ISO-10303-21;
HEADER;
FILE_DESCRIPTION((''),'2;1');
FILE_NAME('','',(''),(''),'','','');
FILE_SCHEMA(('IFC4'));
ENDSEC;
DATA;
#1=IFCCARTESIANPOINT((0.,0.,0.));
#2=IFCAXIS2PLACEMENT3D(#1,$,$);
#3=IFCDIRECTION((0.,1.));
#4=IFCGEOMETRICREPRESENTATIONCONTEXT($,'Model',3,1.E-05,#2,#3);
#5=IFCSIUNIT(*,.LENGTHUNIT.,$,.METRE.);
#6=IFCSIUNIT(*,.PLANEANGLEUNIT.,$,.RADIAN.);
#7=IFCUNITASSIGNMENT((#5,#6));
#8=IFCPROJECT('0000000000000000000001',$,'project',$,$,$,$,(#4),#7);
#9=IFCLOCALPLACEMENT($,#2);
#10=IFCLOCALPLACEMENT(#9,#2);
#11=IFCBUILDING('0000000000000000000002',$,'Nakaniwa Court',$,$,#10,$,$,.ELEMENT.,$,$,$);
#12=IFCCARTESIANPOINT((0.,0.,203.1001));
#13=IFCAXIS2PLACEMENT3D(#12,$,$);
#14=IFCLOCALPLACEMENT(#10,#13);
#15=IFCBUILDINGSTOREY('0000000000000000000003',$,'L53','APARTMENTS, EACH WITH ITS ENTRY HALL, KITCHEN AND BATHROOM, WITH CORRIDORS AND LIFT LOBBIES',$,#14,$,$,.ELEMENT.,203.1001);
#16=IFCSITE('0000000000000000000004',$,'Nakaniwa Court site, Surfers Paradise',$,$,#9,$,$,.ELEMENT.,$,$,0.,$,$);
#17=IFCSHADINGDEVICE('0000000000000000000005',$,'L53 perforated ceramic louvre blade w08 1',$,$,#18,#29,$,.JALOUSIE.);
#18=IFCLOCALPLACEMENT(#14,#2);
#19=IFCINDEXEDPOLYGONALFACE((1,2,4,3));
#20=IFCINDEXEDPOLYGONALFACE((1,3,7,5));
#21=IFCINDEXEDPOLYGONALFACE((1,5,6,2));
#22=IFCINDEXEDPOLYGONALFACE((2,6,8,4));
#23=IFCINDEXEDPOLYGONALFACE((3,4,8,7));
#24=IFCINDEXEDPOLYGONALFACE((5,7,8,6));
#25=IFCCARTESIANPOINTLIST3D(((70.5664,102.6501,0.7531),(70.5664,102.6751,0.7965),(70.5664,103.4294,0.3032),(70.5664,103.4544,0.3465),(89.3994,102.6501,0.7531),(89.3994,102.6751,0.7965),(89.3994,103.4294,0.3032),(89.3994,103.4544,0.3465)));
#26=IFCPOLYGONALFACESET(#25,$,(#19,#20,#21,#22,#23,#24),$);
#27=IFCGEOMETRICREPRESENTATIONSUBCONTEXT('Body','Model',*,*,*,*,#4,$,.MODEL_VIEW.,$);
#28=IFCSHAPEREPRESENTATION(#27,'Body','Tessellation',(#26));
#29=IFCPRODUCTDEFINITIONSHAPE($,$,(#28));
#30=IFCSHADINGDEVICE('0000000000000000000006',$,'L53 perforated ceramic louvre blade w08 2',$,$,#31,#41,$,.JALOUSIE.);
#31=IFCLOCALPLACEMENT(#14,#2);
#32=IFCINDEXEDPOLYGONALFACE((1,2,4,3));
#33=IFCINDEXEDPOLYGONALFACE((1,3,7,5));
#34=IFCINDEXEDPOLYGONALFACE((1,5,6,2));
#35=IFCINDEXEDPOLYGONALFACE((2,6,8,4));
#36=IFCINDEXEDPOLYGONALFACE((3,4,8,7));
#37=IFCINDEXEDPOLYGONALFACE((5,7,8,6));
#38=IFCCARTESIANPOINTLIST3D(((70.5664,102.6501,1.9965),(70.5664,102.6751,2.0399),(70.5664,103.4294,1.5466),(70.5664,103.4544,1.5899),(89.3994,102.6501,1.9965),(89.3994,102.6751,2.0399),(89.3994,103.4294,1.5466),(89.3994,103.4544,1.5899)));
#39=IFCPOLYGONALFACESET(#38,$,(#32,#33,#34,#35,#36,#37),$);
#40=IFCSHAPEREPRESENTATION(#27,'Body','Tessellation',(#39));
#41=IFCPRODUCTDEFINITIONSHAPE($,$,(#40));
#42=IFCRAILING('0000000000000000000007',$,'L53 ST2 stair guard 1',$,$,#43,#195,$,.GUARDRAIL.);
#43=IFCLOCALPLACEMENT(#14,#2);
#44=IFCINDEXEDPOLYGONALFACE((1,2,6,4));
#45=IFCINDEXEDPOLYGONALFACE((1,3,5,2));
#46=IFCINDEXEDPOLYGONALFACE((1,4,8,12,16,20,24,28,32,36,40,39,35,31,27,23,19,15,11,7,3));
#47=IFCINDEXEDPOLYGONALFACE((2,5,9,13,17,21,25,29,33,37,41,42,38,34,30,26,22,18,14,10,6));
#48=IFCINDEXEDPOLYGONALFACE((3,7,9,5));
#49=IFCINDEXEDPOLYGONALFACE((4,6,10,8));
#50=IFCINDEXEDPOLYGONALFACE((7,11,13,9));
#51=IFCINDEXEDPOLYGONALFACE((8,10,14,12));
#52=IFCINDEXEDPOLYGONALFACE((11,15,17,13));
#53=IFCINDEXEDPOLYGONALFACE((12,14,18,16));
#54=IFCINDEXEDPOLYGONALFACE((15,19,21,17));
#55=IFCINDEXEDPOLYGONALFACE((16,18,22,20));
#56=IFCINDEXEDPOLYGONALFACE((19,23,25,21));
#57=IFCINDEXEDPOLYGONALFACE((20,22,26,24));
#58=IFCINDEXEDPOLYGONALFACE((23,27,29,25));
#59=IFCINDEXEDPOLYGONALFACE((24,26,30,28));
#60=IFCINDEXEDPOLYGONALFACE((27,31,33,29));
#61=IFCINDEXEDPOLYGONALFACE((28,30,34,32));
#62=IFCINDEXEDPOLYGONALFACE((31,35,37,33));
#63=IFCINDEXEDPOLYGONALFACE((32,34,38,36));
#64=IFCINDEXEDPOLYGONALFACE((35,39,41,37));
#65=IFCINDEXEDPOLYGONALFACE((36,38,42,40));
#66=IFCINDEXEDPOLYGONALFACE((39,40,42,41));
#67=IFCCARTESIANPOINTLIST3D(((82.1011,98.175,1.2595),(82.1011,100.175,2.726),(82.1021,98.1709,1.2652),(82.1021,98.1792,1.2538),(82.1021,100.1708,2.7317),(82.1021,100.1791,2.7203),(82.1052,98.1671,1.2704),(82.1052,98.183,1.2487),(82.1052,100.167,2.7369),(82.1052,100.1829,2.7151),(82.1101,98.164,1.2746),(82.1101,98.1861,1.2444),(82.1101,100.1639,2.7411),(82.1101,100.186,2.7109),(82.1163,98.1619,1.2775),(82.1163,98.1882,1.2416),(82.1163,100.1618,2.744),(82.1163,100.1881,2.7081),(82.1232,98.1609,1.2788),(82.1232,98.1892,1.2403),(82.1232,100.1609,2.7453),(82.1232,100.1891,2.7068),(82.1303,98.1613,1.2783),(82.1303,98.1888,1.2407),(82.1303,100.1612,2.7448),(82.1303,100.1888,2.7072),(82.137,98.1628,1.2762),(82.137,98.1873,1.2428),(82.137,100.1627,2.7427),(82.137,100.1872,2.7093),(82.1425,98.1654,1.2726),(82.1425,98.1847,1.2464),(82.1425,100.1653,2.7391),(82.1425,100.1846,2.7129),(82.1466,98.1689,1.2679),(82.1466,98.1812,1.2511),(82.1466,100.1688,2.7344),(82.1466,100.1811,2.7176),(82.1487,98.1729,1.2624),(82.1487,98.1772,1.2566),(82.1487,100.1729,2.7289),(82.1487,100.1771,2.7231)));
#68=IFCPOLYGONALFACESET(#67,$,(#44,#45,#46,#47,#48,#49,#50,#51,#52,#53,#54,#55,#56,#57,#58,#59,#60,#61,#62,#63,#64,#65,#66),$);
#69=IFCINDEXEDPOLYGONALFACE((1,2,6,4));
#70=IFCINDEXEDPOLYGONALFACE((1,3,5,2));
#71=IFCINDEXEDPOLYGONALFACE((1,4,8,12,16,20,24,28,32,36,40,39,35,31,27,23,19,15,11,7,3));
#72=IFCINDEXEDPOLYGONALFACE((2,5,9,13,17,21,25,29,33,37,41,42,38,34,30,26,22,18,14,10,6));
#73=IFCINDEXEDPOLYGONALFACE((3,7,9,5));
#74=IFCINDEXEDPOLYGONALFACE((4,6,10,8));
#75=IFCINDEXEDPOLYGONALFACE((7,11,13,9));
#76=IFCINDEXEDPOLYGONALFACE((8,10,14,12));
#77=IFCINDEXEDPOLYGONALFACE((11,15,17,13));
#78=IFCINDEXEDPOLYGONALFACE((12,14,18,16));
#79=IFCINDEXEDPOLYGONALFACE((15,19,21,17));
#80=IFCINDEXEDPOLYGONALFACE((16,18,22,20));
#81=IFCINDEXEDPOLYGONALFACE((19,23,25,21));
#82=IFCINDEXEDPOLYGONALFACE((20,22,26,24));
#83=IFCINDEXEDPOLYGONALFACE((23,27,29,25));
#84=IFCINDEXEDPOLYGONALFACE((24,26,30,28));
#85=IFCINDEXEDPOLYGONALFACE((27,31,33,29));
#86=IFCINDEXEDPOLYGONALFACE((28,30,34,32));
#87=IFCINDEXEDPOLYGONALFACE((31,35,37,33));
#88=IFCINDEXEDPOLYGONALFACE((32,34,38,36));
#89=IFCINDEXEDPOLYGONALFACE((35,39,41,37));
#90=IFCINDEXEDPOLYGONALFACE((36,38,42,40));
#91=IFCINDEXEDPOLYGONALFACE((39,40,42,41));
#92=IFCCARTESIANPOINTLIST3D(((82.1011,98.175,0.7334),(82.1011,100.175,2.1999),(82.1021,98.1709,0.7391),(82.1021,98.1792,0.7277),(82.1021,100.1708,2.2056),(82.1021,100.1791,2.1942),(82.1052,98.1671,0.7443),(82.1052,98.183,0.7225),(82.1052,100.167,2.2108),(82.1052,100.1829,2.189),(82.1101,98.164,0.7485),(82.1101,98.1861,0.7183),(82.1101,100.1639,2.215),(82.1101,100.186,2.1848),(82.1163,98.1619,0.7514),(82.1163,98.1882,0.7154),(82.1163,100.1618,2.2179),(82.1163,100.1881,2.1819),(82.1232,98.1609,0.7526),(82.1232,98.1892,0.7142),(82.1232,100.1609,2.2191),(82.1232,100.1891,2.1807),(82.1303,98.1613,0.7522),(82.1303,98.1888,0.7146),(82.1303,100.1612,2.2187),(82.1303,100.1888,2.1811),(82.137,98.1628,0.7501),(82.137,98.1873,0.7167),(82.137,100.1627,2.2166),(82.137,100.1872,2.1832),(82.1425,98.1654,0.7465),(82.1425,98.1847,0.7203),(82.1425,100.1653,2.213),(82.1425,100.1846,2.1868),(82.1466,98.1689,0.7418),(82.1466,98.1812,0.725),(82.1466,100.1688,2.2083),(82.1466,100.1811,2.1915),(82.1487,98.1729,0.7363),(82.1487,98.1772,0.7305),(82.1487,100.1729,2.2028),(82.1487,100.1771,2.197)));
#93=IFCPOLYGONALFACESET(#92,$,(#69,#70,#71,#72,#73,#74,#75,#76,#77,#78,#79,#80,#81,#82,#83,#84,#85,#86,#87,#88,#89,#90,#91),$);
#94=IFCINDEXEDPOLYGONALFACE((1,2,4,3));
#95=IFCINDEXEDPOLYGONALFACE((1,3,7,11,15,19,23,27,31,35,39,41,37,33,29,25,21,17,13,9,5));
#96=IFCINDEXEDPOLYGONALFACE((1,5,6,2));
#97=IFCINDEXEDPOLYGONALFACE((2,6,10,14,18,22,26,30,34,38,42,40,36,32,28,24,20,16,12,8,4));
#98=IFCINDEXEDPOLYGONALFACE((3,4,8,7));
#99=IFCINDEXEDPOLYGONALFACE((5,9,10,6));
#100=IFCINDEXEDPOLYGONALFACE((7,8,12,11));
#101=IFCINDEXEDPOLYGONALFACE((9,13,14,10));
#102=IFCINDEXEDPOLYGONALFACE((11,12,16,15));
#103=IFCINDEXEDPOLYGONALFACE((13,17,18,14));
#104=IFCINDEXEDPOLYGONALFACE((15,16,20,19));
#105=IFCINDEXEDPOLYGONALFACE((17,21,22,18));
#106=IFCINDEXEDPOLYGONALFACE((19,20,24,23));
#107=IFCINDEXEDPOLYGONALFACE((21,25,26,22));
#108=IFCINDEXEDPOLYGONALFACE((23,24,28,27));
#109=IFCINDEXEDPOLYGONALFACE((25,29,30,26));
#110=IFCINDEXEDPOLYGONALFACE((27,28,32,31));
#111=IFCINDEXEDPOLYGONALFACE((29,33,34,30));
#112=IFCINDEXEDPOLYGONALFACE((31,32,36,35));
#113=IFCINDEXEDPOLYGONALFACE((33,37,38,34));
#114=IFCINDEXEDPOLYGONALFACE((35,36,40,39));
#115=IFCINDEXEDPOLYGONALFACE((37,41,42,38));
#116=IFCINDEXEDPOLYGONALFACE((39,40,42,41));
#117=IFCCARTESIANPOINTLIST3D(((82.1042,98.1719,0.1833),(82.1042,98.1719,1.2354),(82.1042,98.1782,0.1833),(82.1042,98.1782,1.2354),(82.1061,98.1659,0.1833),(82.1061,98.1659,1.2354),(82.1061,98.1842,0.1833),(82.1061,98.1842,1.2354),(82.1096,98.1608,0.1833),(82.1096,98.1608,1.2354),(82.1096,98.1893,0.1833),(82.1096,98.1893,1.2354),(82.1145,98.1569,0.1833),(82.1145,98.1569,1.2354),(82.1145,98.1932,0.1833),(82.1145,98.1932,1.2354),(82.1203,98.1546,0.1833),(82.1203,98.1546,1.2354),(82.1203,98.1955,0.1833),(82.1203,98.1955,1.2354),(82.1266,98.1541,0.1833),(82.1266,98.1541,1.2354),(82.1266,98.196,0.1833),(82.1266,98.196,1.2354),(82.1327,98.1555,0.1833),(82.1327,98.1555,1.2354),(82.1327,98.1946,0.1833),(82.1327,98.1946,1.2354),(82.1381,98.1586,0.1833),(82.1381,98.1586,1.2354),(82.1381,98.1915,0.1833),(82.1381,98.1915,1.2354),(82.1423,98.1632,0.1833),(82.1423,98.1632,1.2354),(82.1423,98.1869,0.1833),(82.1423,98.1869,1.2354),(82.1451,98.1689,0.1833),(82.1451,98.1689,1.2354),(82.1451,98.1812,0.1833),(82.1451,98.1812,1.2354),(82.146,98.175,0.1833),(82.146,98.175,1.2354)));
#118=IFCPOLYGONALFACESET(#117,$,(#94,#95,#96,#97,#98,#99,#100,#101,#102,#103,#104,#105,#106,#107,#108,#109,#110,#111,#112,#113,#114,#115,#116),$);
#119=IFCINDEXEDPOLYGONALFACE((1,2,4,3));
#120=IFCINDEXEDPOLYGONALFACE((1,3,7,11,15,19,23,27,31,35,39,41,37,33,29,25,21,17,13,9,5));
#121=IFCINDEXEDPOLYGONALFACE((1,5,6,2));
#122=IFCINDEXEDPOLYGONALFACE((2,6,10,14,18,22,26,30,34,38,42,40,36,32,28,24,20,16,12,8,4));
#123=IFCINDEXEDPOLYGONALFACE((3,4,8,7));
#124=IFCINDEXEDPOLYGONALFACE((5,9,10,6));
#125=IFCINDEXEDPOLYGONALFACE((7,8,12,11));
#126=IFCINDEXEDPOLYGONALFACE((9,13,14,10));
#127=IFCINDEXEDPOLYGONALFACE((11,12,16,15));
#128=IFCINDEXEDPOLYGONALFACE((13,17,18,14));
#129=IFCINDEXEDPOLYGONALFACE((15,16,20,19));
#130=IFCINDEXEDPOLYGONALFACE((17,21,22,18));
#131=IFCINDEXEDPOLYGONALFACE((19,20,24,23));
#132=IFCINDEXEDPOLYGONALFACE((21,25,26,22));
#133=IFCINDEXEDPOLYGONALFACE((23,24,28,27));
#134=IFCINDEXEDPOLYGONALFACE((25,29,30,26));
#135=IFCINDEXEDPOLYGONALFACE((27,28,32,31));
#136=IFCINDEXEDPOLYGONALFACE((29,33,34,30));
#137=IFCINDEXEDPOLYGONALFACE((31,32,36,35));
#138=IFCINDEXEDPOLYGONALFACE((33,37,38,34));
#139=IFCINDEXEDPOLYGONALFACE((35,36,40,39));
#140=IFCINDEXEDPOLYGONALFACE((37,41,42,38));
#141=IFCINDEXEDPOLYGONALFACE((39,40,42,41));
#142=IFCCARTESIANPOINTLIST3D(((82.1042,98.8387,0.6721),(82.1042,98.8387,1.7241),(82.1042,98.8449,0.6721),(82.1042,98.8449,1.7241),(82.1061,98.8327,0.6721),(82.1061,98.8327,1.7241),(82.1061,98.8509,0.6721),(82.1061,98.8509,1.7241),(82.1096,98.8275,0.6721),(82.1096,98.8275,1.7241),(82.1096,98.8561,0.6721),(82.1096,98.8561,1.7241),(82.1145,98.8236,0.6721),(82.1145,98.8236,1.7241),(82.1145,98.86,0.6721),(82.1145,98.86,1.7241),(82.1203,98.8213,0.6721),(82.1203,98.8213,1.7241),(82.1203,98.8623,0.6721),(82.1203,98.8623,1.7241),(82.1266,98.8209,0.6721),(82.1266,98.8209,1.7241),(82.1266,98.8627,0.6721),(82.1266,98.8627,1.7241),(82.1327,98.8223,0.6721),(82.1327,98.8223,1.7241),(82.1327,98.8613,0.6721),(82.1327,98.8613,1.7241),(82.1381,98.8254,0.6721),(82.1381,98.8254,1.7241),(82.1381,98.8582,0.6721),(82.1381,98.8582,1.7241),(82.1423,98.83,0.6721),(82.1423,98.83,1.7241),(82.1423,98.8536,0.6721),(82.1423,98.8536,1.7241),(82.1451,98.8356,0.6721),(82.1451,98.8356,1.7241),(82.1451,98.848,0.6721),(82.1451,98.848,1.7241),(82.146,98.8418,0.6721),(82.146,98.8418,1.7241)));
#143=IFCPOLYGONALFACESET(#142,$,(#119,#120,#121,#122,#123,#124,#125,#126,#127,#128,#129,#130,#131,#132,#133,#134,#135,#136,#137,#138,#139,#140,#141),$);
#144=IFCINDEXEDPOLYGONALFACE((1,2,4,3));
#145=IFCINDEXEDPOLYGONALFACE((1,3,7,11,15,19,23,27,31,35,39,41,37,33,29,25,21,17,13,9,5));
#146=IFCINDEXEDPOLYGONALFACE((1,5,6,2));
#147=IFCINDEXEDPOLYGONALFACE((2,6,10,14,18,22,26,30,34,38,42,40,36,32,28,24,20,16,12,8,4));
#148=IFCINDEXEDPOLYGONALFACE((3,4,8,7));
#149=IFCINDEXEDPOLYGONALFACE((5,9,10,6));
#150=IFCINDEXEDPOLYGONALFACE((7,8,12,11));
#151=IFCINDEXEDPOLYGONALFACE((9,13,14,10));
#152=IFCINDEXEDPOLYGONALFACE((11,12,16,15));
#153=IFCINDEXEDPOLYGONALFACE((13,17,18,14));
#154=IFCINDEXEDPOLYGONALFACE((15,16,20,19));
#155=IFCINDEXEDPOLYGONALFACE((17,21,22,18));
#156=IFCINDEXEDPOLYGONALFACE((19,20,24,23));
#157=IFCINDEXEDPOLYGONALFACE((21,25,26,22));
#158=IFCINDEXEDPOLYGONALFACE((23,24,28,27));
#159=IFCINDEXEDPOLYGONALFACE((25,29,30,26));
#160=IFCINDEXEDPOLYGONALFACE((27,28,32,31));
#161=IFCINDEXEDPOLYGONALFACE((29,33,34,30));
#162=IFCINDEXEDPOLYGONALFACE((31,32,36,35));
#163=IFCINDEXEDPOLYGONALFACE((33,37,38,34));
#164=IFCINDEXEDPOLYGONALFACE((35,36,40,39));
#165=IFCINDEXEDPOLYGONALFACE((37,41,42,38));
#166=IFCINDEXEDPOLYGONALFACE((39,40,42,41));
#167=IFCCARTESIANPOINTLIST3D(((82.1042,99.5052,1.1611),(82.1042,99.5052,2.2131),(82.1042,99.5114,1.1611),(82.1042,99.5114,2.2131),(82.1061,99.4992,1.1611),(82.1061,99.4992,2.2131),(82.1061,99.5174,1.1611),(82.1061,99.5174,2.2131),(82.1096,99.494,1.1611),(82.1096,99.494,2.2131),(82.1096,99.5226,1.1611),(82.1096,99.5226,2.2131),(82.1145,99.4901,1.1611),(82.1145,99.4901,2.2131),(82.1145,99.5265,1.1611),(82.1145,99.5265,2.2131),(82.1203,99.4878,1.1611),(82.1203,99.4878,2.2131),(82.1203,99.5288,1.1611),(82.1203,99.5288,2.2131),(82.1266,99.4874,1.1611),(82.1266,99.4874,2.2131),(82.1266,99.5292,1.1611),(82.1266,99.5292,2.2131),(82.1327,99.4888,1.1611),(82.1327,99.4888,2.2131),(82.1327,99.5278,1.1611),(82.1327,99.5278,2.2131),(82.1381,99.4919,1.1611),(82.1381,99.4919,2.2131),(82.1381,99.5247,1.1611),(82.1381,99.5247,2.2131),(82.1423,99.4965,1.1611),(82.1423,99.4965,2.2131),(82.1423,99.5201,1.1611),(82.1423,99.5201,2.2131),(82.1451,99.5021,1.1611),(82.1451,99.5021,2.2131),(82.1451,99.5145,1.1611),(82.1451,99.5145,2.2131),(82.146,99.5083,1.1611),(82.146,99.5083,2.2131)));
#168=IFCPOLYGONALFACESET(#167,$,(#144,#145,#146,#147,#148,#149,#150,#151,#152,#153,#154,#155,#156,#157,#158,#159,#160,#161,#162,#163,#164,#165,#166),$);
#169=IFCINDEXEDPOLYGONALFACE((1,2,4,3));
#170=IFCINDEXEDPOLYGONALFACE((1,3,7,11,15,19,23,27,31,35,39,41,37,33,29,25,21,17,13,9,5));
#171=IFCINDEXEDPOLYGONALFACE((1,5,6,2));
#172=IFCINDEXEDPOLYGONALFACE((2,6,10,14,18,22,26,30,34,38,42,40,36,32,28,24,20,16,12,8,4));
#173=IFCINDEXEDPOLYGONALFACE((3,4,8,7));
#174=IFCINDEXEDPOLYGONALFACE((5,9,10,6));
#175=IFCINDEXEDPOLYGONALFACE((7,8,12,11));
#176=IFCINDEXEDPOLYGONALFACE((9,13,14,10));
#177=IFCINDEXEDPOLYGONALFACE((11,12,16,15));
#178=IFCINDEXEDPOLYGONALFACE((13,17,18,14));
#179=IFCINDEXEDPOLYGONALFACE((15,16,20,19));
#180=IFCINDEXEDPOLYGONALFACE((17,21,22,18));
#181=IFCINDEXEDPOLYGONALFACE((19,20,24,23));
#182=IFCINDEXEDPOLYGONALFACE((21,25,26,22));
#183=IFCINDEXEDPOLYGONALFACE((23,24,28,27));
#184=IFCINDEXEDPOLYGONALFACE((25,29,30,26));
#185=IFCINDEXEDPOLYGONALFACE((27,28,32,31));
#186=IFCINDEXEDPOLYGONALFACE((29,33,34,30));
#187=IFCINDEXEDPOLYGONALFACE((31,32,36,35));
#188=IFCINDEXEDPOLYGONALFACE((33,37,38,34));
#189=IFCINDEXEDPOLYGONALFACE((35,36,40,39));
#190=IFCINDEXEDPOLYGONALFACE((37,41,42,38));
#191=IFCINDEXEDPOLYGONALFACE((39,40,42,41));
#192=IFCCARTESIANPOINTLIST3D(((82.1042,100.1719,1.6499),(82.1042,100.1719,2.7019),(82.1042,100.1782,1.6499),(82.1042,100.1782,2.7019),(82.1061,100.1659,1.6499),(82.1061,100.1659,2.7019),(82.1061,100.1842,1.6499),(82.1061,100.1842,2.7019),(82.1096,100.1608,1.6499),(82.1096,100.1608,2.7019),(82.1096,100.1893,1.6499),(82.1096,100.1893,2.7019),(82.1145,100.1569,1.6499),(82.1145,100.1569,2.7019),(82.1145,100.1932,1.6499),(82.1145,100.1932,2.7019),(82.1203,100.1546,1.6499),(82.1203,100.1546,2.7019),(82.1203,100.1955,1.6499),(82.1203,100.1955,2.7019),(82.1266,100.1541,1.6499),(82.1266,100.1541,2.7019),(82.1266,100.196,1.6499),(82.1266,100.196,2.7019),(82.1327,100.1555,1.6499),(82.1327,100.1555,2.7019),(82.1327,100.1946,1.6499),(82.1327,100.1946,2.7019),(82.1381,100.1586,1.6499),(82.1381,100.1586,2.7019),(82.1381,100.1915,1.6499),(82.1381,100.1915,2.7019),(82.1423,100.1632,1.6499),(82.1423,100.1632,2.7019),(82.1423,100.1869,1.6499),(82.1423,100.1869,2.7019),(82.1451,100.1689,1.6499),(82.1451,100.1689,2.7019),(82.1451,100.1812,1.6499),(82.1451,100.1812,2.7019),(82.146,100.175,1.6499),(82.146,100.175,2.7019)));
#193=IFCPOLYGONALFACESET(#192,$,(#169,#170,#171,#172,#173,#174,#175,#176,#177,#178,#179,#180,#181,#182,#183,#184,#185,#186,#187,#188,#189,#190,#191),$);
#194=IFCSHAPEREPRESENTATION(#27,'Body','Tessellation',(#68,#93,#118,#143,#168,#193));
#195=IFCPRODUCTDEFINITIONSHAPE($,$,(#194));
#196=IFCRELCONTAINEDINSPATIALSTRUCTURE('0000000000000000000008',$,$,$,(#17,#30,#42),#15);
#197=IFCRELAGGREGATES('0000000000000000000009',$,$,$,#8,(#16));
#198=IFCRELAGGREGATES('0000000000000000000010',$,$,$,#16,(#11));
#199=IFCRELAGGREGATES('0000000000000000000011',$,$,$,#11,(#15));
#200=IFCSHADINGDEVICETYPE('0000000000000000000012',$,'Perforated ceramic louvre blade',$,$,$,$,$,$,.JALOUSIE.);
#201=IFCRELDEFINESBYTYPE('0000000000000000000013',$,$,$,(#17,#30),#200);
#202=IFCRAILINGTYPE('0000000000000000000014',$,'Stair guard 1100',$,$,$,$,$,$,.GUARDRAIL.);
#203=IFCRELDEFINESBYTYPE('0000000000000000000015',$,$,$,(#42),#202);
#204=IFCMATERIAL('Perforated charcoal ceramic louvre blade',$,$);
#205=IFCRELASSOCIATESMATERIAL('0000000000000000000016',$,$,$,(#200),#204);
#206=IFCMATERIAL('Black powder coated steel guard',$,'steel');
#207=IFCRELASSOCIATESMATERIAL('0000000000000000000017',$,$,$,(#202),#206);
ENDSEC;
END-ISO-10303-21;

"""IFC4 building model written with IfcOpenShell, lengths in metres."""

from ifc_helpers import new_model, si_unit, direction, frame, origin, origin_2d, place, context, subcontext, project, spatial, rectangle, circle, extrude, material, material_profile, profile_set, type_object, element, save


model = new_model("IFC4")

# Units and contexts
model_context = context("Model", 3, precision=1e-05, world=origin(), true_north=direction((0.0, 1.0)))
body_context = subcontext(model_context, "Body", "Model", "MODEL_VIEW")
ifc_project = project(units=[si_unit("LENGTHUNIT", "METRE"), si_unit("PLANEANGLEUNIT", "RADIAN")], contexts=[model_context])

# Site, building, storey
site_placement = place(None, origin())
site = spatial("IfcSite", under=ifc_project, at=site_placement, Name="Nakaniwa Court site, Surfers Paradise", CompositionType="ELEMENT", RefElevation=0.0)
building_placement = place(site_placement, origin())
building = spatial("IfcBuilding", under=site, at=building_placement, Name="Nakaniwa Court", CompositionType="ELEMENT")
storey_placement = place(building_placement, frame((0.0, 0.0, 203.1001)))
storey = spatial("IfcBuildingStorey", under=building, at=storey_placement, Name="L53", Description="APARTMENTS, EACH WITH ITS ENTRY HALL, KITCHEN AND BATHROOM, WITH CORRIDORS AND LIFT LOBBIES", CompositionType="ELEMENT", Elevation=203.1001)

# Shading devices
ifc_material_1 = material(Name="Perforated charcoal ceramic louvre blade")
ifc_material_profile = material_profile(ifc_material_1, rectangle(XDim=0.8999, YDim=0.05, at=origin_2d()), Name="Perforated ceramic louvre blade")
ifc_profile_set = profile_set([ifc_material_profile], Name="Perforated charcoal ceramic louvre blade")
shading_device_type = type_object("IfcShadingDeviceType", Name="Perforated ceramic louvre blade", PredefinedType="JALOUSIE", material=ifc_profile_set)
for number, where, z_axis, x_axis, name in (
    (1, (89.3994, 103.0522, 0.5498), (-1.0, 0.0, 0.0), (0.0, -0.866025, 0.5), "L53 perforated ceramic louvre blade w08 1"),
    (2, (89.3994, 103.0522, 1.7932), (-1.0, 0.0, 0.0), (0.0, -0.866025, 0.5), "L53 perforated ceramic louvre blade w08 2"),
):
    element("IfcShadingDevice", number, at=place(storey_placement, frame(where, z_axis=z_axis, x_axis=x_axis)), inside=storey, type_object=shading_device_type, Name=name, PredefinedType="JALOUSIE", context=body_context, shape_type="SweptSolid", body=[
        extrude(rectangle(XDim=0.8999, YDim=0.05, at=origin_2d()), origin(), (0.0, 0.0, 1.0), 18.833),
    ])

# Railing
ifc_material_2 = material(Name="Black powder coated steel guard", Category="steel")
railing_type_1 = type_object("IfcRailingType", Name="Stair guard 1100", PredefinedType="GUARDRAIL", material=ifc_material_2)
railing_1_placement = place(storey_placement, frame((82.125, 98.175, 0.1833)))
element("IfcRailing", 3, at=railing_1_placement, inside=storey, type_object=railing_type_1, Name="L53 ST2 stair guard 1", PredefinedType="GUARDRAIL", context=body_context, shape_type="SweptSolid", body=[
    extrude(circle(Radius=0.0239, at=origin_2d()), frame((0.0, 0.0, 1.0762), z_axis=(0.0, 0.806427, 0.591334), x_axis=(-1.0, 0.0, 0.0)), (0.0, 0.0, 1.0), 2.48),
    extrude(circle(Radius=0.0239, at=origin_2d()), frame((0.0, 0.0, 0.55), z_axis=(0.0, 0.806427, 0.591334), x_axis=(-1.0, 0.0, 0.0)), (0.0, 0.0, 1.0), 2.48),
    extrude(circle(Radius=0.021, at=origin_2d()), origin(), (0.0, 0.0, 1.0), 1.052),
    extrude(circle(Radius=0.021, at=origin_2d()), frame((0.0, 0.6667, 0.4888)), (0.0, 0.0, 1.0), 1.052),
    extrude(circle(Radius=0.021, at=origin_2d()), frame((0.0, 1.3333, 0.9778)), (0.0, 0.0, 1.0), 1.052),
    extrude(circle(Radius=0.021, at=origin_2d()), frame((0.0, 2.0, 1.4666)), (0.0, 0.0, 1.0), 1.052),
])

save(model, "model.ifc")
